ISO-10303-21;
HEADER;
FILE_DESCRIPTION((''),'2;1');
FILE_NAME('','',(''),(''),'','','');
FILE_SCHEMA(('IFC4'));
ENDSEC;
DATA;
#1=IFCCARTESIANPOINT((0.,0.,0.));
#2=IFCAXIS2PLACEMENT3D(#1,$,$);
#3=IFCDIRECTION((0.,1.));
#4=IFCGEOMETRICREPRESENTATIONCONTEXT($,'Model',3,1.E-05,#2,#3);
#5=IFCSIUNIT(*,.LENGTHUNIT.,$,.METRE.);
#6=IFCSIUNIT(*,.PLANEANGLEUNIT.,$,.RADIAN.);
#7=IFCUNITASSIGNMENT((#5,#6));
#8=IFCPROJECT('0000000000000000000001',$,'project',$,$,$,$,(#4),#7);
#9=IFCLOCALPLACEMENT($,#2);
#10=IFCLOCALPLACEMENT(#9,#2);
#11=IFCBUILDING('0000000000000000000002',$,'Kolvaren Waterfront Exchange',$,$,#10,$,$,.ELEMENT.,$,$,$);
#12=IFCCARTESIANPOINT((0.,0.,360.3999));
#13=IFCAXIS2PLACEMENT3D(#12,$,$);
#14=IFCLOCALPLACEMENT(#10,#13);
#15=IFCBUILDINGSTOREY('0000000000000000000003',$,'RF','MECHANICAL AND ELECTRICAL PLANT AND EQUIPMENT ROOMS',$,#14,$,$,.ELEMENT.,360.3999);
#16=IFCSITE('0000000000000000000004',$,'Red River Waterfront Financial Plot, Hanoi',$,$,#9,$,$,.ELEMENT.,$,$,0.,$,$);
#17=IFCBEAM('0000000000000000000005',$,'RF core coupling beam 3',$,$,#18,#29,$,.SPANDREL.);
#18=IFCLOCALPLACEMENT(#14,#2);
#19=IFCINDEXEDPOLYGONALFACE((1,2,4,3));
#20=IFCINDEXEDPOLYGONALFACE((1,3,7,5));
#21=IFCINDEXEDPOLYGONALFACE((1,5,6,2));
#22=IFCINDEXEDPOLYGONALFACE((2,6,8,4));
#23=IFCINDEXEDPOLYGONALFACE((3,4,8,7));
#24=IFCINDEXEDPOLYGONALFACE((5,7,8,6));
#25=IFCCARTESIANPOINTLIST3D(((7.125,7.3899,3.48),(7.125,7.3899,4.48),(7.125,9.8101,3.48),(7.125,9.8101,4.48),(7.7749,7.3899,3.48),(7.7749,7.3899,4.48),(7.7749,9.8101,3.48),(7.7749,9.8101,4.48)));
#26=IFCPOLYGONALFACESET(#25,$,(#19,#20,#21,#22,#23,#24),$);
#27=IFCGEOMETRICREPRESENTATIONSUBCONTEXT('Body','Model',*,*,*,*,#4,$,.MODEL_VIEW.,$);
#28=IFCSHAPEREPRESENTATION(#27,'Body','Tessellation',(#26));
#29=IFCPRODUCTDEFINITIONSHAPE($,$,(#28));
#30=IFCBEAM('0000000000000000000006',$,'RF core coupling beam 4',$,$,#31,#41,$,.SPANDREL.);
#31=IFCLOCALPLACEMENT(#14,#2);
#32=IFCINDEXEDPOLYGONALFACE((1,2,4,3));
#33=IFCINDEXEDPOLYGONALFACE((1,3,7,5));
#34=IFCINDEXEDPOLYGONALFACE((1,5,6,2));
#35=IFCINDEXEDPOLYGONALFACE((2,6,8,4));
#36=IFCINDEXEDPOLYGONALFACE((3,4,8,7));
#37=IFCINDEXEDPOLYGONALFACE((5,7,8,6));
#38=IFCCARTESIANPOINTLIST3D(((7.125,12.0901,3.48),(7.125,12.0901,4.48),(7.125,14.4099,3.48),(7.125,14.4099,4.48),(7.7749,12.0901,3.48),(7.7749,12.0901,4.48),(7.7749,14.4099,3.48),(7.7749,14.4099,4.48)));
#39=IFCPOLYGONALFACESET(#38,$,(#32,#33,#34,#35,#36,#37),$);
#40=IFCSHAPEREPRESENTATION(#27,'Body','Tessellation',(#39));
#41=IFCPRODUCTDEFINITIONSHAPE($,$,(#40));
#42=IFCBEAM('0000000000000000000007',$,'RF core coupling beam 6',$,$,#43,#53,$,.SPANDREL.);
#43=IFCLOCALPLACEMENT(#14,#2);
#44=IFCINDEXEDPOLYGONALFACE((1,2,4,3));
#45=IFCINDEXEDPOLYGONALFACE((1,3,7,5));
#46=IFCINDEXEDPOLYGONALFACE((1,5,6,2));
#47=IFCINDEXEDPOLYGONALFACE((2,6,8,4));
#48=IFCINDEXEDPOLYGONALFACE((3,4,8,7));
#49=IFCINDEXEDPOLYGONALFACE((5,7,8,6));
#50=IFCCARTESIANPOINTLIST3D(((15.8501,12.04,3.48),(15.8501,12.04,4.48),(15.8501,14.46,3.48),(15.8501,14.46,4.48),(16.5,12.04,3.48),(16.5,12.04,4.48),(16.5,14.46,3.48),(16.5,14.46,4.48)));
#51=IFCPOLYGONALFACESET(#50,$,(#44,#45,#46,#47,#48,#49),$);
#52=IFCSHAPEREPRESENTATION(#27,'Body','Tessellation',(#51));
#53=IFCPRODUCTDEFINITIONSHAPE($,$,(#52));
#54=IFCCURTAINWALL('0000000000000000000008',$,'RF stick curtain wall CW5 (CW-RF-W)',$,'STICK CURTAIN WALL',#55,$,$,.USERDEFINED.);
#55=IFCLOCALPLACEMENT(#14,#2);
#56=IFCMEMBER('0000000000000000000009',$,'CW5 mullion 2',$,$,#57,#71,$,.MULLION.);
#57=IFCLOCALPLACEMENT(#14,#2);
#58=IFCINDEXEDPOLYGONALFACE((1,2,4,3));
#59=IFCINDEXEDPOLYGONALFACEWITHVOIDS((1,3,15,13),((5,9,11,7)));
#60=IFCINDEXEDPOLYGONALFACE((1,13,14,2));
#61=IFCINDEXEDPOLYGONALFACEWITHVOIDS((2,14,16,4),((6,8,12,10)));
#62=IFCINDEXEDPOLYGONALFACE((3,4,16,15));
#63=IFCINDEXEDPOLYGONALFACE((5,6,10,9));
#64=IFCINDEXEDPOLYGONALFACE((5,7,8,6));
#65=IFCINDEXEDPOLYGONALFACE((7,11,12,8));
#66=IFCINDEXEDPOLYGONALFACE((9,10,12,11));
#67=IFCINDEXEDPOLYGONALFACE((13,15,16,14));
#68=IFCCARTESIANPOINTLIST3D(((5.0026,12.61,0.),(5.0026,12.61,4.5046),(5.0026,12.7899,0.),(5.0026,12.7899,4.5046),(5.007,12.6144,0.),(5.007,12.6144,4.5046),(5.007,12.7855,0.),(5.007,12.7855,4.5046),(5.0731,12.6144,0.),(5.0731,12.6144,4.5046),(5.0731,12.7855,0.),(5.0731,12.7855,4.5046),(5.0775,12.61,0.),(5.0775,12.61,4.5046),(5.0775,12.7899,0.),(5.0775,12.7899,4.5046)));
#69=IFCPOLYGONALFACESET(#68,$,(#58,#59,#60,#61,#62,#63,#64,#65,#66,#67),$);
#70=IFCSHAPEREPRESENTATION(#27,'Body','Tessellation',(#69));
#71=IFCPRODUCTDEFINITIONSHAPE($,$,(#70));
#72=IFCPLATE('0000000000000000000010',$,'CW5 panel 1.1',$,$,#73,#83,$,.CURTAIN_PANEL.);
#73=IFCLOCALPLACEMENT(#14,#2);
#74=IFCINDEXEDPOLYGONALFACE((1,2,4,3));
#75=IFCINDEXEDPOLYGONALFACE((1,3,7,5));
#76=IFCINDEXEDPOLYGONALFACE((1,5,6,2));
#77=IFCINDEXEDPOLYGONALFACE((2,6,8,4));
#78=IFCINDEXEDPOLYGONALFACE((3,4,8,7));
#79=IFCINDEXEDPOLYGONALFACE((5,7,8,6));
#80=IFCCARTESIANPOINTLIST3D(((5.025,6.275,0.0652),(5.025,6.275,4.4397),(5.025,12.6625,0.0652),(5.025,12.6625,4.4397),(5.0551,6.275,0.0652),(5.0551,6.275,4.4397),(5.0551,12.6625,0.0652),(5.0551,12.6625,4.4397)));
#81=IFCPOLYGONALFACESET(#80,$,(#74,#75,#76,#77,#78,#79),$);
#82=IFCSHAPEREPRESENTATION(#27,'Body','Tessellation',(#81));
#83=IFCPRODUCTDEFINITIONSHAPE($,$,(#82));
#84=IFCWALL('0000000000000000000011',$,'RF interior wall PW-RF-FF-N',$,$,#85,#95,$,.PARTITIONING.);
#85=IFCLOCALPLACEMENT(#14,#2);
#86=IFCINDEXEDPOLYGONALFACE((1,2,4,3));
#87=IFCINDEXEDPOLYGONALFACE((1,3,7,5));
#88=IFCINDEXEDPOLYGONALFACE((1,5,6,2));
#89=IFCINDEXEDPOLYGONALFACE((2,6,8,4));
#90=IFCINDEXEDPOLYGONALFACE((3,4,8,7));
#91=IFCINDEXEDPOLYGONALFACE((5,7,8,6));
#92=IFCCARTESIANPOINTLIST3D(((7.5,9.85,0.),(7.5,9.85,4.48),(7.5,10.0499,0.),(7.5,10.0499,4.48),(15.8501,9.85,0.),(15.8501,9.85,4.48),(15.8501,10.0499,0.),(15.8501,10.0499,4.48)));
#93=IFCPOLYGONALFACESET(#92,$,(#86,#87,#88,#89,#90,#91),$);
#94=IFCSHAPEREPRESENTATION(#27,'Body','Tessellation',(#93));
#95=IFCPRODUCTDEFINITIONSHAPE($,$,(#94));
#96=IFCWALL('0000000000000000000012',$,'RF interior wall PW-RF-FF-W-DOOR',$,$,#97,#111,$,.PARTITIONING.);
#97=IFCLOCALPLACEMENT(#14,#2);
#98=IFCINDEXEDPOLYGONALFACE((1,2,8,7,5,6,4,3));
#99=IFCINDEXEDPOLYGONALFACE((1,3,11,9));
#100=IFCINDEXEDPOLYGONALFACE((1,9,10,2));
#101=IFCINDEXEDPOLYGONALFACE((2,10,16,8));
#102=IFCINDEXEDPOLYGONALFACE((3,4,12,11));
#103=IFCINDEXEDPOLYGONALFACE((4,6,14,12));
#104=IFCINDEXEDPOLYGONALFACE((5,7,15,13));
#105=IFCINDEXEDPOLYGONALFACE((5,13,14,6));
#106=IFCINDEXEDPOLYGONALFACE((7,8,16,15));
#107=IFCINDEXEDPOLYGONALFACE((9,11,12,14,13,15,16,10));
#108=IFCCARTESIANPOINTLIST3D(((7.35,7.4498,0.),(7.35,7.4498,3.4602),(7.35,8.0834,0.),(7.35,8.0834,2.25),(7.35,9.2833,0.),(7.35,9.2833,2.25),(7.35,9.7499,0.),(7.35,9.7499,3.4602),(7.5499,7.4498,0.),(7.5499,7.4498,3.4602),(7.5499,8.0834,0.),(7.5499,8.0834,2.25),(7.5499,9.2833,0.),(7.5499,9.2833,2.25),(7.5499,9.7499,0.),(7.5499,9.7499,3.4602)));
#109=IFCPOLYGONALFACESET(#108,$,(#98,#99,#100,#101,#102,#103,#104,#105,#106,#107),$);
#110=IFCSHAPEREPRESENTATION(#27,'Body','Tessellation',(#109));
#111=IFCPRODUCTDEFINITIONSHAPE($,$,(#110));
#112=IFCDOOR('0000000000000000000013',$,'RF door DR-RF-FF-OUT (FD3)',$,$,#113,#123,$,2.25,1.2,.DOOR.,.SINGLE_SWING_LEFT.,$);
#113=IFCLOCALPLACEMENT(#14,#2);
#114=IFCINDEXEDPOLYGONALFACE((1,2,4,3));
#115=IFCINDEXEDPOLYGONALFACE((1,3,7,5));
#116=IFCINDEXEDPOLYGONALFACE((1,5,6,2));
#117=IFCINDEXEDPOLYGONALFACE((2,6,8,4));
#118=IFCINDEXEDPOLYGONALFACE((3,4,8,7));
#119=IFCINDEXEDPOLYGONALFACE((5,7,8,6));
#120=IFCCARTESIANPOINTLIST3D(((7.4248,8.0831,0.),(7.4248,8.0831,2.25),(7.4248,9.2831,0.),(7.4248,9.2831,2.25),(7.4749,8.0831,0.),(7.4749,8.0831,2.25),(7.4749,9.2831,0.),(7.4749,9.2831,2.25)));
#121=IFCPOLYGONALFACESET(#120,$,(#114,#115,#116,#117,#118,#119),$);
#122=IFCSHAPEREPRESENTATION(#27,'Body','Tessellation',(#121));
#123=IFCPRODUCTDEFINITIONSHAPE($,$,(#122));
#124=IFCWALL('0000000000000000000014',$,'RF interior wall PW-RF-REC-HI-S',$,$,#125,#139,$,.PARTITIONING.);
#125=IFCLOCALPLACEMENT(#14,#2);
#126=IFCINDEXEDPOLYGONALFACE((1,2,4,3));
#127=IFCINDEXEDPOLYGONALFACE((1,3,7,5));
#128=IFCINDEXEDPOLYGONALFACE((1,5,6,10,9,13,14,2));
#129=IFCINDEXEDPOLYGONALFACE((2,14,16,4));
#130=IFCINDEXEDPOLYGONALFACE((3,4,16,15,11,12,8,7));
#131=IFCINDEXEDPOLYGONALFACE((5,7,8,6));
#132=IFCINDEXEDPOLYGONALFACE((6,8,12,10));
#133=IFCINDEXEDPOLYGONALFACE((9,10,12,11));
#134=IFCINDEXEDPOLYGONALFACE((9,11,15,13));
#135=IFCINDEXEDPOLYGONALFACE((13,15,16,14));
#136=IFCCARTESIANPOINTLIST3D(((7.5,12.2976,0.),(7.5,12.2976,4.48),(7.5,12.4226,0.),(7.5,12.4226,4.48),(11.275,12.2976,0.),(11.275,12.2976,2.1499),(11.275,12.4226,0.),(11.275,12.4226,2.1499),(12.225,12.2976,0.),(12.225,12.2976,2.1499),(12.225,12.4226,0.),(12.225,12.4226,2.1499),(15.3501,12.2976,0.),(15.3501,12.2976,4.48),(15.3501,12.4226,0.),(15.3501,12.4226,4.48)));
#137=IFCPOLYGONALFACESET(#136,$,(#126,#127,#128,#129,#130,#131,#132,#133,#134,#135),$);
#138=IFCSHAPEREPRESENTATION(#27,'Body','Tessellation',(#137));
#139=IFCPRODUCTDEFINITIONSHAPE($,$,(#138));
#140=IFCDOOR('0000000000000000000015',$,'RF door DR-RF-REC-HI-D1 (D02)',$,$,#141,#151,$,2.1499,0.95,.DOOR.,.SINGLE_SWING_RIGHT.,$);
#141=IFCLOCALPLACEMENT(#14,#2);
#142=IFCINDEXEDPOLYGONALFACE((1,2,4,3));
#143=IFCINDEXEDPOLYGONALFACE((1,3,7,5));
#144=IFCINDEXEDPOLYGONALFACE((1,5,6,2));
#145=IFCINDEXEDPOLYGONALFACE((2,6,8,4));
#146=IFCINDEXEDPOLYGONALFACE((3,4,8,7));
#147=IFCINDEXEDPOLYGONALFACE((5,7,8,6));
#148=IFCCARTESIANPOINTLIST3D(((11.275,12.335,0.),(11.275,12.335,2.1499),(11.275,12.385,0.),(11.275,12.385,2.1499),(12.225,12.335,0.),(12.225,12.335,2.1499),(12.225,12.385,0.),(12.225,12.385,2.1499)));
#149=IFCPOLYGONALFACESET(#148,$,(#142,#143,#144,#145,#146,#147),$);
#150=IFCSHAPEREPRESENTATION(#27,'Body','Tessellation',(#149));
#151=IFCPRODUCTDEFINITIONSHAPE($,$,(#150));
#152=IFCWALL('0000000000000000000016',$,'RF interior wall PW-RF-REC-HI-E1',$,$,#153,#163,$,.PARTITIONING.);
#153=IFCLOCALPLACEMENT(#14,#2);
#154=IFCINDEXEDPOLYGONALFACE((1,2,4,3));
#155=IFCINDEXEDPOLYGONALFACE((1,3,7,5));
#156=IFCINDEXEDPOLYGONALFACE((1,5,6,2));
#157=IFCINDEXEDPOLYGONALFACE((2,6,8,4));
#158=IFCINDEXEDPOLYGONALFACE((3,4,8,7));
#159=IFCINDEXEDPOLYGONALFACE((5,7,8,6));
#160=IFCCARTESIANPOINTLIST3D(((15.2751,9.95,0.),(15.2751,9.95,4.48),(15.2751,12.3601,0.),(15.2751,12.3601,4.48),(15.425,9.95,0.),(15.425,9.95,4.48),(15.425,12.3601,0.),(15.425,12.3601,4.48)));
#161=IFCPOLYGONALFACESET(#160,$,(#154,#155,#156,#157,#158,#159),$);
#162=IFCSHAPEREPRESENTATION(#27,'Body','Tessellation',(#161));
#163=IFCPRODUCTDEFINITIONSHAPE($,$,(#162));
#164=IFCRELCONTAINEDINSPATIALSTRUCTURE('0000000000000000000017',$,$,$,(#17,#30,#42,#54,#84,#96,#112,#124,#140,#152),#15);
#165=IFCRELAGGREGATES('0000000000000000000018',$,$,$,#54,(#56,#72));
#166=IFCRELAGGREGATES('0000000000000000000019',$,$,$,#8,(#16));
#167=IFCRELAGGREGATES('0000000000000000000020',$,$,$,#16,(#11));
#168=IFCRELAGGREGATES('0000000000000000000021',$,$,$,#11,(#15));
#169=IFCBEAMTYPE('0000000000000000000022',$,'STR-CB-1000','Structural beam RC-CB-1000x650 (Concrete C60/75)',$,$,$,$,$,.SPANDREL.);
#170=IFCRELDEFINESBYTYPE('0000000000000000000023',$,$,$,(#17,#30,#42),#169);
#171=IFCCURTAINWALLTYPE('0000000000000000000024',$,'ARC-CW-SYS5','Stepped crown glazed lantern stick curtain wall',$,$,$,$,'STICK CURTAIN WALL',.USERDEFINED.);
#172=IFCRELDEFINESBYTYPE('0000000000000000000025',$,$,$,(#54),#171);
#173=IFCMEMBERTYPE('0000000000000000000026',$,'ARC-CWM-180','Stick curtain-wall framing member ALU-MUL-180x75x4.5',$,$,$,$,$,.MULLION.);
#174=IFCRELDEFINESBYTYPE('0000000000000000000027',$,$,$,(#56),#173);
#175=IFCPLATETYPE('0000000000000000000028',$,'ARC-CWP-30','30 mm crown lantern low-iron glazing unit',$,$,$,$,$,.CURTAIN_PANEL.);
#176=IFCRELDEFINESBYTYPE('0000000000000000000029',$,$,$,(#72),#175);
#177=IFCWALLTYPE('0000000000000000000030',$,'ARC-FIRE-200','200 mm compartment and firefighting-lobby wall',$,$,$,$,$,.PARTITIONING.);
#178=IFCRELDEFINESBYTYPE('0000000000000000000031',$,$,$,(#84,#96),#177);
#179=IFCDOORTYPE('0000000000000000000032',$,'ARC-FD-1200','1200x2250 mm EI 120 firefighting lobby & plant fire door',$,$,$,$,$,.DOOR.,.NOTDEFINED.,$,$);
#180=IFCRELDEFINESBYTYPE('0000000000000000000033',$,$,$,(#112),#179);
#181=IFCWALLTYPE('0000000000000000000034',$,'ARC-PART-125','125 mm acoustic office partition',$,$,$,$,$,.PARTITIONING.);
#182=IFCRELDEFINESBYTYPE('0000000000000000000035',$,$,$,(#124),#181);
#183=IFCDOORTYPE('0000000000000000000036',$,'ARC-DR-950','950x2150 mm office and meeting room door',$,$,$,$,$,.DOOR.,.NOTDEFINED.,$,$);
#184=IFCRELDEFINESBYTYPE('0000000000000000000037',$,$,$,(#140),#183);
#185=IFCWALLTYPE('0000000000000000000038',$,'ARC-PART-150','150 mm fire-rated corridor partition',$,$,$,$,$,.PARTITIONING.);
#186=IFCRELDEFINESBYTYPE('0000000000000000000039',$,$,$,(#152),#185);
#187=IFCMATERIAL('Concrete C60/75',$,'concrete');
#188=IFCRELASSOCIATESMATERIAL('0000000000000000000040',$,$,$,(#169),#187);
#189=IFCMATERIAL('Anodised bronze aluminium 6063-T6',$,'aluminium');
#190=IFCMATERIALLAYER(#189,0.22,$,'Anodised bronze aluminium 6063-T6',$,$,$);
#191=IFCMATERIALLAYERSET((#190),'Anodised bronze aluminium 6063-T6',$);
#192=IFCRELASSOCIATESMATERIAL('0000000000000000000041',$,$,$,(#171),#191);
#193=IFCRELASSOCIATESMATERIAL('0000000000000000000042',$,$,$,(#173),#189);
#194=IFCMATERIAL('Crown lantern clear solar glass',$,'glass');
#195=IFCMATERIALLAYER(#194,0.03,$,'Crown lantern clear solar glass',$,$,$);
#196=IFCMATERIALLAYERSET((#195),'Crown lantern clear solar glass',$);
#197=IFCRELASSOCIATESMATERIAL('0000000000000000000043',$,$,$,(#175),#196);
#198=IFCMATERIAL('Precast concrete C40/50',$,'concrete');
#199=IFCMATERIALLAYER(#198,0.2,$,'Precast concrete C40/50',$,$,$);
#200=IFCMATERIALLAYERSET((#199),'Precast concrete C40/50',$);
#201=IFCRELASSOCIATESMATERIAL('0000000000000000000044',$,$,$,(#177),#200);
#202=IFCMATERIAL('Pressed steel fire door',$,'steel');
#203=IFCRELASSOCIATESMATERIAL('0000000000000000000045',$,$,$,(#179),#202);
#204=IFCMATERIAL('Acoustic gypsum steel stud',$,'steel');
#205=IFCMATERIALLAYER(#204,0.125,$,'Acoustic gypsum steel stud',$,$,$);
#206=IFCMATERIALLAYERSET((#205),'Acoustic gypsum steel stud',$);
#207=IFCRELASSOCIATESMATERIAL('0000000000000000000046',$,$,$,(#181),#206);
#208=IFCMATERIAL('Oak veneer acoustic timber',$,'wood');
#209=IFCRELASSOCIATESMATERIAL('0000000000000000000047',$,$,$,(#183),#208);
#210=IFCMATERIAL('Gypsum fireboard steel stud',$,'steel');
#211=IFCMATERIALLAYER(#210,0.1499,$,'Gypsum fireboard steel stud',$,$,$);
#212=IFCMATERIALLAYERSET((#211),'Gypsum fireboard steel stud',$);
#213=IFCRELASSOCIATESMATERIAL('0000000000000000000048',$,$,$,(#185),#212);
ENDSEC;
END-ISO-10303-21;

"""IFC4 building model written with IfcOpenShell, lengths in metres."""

from ifc_helpers import new_model, si_unit, direction, frame, frame_2d, origin, origin_with_axes, origin_2d, place, context, subcontext, project, spatial, rectangle, hollow_rectangle, extrude, source, transform, mapped, material, layer, layer_set, material_profile, profile_set, type_object, element, fill, aggregate, save


model = new_model("IFC4")

# Units and contexts
model_context = context("Model", 3, precision=1e-05, world=origin(), true_north=direction((0.0, 1.0)))
body_context = subcontext(model_context, "Body", "Model", "MODEL_VIEW")
ifc_project = project(units=[si_unit("LENGTHUNIT", "METRE"), si_unit("PLANEANGLEUNIT", "RADIAN")], contexts=[model_context])

# Site, building, storey
site_placement = place(None, origin())
site = spatial("IfcSite", under=ifc_project, at=site_placement, Name="Red River Waterfront Financial Plot, Hanoi", CompositionType="ELEMENT", RefElevation=0.0)
building_placement = place(site_placement, origin())
building = spatial("IfcBuilding", under=site, at=building_placement, Name="Kolvaren Waterfront Exchange", CompositionType="ELEMENT")
storey_placement = place(building_placement, frame((0.0, 0.0, 360.3999)))
storey = spatial("IfcBuildingStorey", under=building, at=storey_placement, Name="RF", Description="MECHANICAL AND ELECTRICAL PLANT AND EQUIPMENT ROOMS", CompositionType="ELEMENT", Elevation=360.3999)

# Beams
ifc_material_1 = material(Name="Concrete C60/75", Category="concrete")
ifc_material_profile_1 = material_profile(ifc_material_1, rectangle(XDim=0.6499, YDim=1.0, at=origin_2d()), Name="RC-CB-1000x650")
ifc_profile_set_1 = profile_set([ifc_material_profile_1], Name="Concrete C60/75")
beam_type = type_object("IfcBeamType", Name="STR-CB-1000", Description="Structural beam RC-CB-1000x650 (Concrete C60/75)", PredefinedType="SPANDREL", material=ifc_profile_set_1)
beam_1_placement = place(storey_placement, frame((7.45, 7.3899, 3.98), z_axis=(0.0, 1.0, 0.0), x_axis=(-1.0, 0.0, 0.0)))
element("IfcBeam", 1, at=beam_1_placement, inside=storey, type_object=beam_type, Name="RF core coupling beam 3", PredefinedType="SPANDREL", context=body_context, shape_type="SweptSolid", body=[
    extrude(rectangle(XDim=0.6499, YDim=1.0, at=origin_2d()), origin(), (0.0, 0.0, 1.0), 2.4202),
])
beam_2_placement = place(storey_placement, frame((7.45, 12.0901, 3.98), z_axis=(0.0, 1.0, 0.0), x_axis=(-1.0, 0.0, 0.0)))
element("IfcBeam", 2, at=beam_2_placement, inside=storey, type_object=beam_type, Name="RF core coupling beam 4", PredefinedType="SPANDREL", context=body_context, shape_type="SweptSolid", body=[
    extrude(rectangle(XDim=0.6499, YDim=1.0, at=origin_2d()), origin(), (0.0, 0.0, 1.0), 2.3198),
])
beam_3_placement = place(storey_placement, frame((16.175, 12.04, 3.98), z_axis=(0.0, 1.0, 0.0), x_axis=(-1.0, 0.0, 0.0)))
element("IfcBeam", 3, at=beam_3_placement, inside=storey, type_object=beam_type, Name="RF core coupling beam 6", PredefinedType="SPANDREL", context=body_context, shape_type="SweptSolid", body=[
    extrude(rectangle(XDim=0.6499, YDim=1.0, at=origin_2d()), origin(), (0.0, 0.0, 1.0), 2.4199),
])

# Curtain wall, member, plate
ifc_material_2 = material(Name="Anodised bronze aluminium 6063-T6", Category="aluminium")
ifc_layer_1 = layer(ifc_material_2, 0.22, Name="Anodised bronze aluminium 6063-T6")
ifc_layer_set_1 = layer_set([ifc_layer_1], Name="Anodised bronze aluminium 6063-T6")
curtain_wall_type = type_object("IfcCurtainWallType", Name="ARC-CW-SYS5", Description="Stepped crown glazed lantern stick curtain wall", ElementType="STICK CURTAIN WALL", PredefinedType="USERDEFINED", material=ifc_layer_set_1)
curtain_wall_placement = place(storey_placement, origin())
curtain_wall = element("IfcCurtainWall", 4, at=curtain_wall_placement, inside=storey, type_object=curtain_wall_type, Name="RF stick curtain wall CW5 (CW-RF-W)", ObjectType="STICK CURTAIN WALL", PredefinedType="USERDEFINED")
ifc_material_profile_2 = material_profile(ifc_material_2, hollow_rectangle(XDim=0.075, YDim=0.1799, WallThickness=0.0044, at=origin_2d()), Name="ALU-MUL-180x75x4.5")
ifc_profile_set_2 = profile_set([ifc_material_profile_2], Name="Anodised bronze aluminium 6063-T6")
member_type = type_object("IfcMemberType", Name="ARC-CWM-180", Description="Stick curtain-wall framing member ALU-MUL-180x75x4.5", PredefinedType="MULLION", material=ifc_profile_set_2)
shared_shape_1 = source(origin_with_axes(), body_context, "Body", "SweptSolid", [
    extrude(hollow_rectangle(XDim=0.075, YDim=0.1799, WallThickness=0.0044, at=origin_2d()), origin(), (0.0, 0.0, 1.0), 4.5046),
])
member_placement = place(storey_placement, frame((5.04, 12.7, 0.0), z_axis=(0.0, 0.0, 1.0), x_axis=(-1.0, 0.0, 0.0)))
member = element("IfcMember", 5, at=member_placement, type_object=member_type, Name="CW5 mullion 2", PredefinedType="MULLION", context=body_context, shape_type="MappedRepresentation", body=[
    mapped(shared_shape_1, transform((0.0, 0.0, 0.0), x_axis=(1.0, 0.0, 0.0), y_axis=(0.0, 1.0, 0.0), z_axis=(0.0, 0.0, 1.0), scale=1.0)),
])
ifc_material_3 = material(Name="Crown lantern clear solar glass", Category="glass")
ifc_layer_2 = layer(ifc_material_3, 0.03, Name="Crown lantern clear solar glass")
ifc_layer_set_2 = layer_set([ifc_layer_2], Name="Crown lantern clear solar glass")
plate_type = type_object("IfcPlateType", Name="ARC-CWP-30", Description="30 mm crown lantern low-iron glazing unit", PredefinedType="CURTAIN_PANEL", material=ifc_layer_set_2)
shared_shape_2 = source(origin_with_axes(), body_context, "Body", "SweptSolid", [
    extrude(rectangle(XDim=6.3875, YDim=0.03, at=origin_2d()), origin(), (0.0, 0.0, 1.0), 4.3745),
])
plate_placement = place(storey_placement, frame((5.04, 9.4688, 0.0652), z_axis=(0.0, 0.0, 1.0), x_axis=(0.0, 1.0, 0.0)))
plate = element("IfcPlate", 6, at=plate_placement, type_object=plate_type, Name="CW5 panel 1.1", PredefinedType="CURTAIN_PANEL", context=body_context, shape_type="MappedRepresentation", body=[
    mapped(shared_shape_2, transform((0.0, 0.0, 0.0), x_axis=(1.0, 0.0, 0.0), y_axis=(0.0, 1.0, 0.0), z_axis=(0.0, 0.0, 1.0), scale=1.0)),
])
aggregate(curtain_wall, [member, plate])

# Wall
ifc_material_4 = material(Name="Precast concrete C40/50", Category="concrete")
ifc_layer_3 = layer(ifc_material_4, 0.2, Name="Precast concrete C40/50")
ifc_layer_set_3 = layer_set([ifc_layer_3], Name="Precast concrete C40/50")
wall_type_1 = type_object("IfcWallType", Name="ARC-FIRE-200", Description="200 mm compartment and firefighting-lobby wall", PredefinedType="PARTITIONING", material=ifc_layer_set_3)
wall_1_placement = place(storey_placement, frame((7.5, 9.95, 0.0), z_axis=(0.0, 0.0, 1.0), x_axis=(1.0, 0.0, 0.0)))
element("IfcWall", 7, at=wall_1_placement, inside=storey, type_object=wall_type_1, Name="RF interior wall PW-RF-FF-N", PredefinedType="PARTITIONING", context=body_context, shape_type="SweptSolid", body=[
    extrude(rectangle(XDim=8.3501, YDim=0.2, at=frame_2d((4.175, 0.0))), origin(), (0.0, 0.0, 1.0), 4.48),
])

# Walls, openings, doors
wall_2_placement = place(storey_placement, frame((7.45, 7.45, 0.0), z_axis=(0.0, 0.0, 1.0), x_axis=(0.0, 1.0, 0.0)))
wall_2 = element("IfcWall", 8, at=wall_2_placement, inside=storey, type_object=wall_type_1, Name="RF interior wall PW-RF-FF-W-DOOR", PredefinedType="PARTITIONING", context=body_context, shape_type="SweptSolid", body=[
    extrude(rectangle(XDim=2.3, YDim=0.2, at=frame_2d((1.1499, 0.0))), origin(), (0.0, 0.0, 1.0), 3.4602),
])
opening_1_placement = place(wall_2_placement, frame((0.6333, 0.0, 0.0)))
opening_1 = element("IfcOpeningElement", 9, at=opening_1_placement, cuts=wall_2, PredefinedType="OPENING", context=body_context, shape_type="SweptSolid", body=[
    extrude(rectangle(XDim=1.2, YDim=2.25, at=frame_2d((0.6001, 1.125))), frame((0.0, 0.1099, 0.0), z_axis=(0.0, -1.0, 0.0), x_axis=(1.0, 0.0, 0.0)), (0.0, 0.0, 1.0), 0.22),
])
ifc_material_5 = material(Name="Pressed steel fire door", Category="steel")
door_type_1 = type_object("IfcDoorType", Name="ARC-FD-1200", Description="1200x2250 mm EI 120 firefighting lobby & plant fire door", OperationType="NOTDEFINED", PredefinedType="DOOR", material=ifc_material_5)
door_1_placement = place(opening_1_placement, frame((1.2, 0.0, 0.0), z_axis=(0.0, 0.0, 1.0), x_axis=(-1.0, 0.0, 0.0)))
door_1 = element("IfcDoor", 10, at=door_1_placement, inside=storey, type_object=door_type_1, Name="RF door DR-RF-FF-OUT (FD3)", OperationType="SINGLE_SWING_LEFT", OverallHeight=2.25, OverallWidth=1.2, PredefinedType="DOOR", context=body_context, shape_type="SweptSolid", body=[
    extrude(rectangle(XDim=1.2, YDim=2.25, at=frame_2d((0.6001, 1.125))), frame((0.0, 0.0249, 0.0), z_axis=(0.0, -1.0, 0.0), x_axis=(1.0, 0.0, 0.0)), (0.0, 0.0, 1.0), 0.05),
])
fill(opening_1, door_1)
ifc_material_6 = material(Name="Acoustic gypsum steel stud", Category="steel")
ifc_layer_4 = layer(ifc_material_6, 0.125, Name="Acoustic gypsum steel stud")
ifc_layer_set_4 = layer_set([ifc_layer_4], Name="Acoustic gypsum steel stud")
wall_type_2 = type_object("IfcWallType", Name="ARC-PART-125", Description="125 mm acoustic office partition", PredefinedType="PARTITIONING", material=ifc_layer_set_4)
wall_3_placement = place(storey_placement, frame((7.5, 12.3601, 0.0), z_axis=(0.0, 0.0, 1.0), x_axis=(1.0, 0.0, 0.0)))
wall_3 = element("IfcWall", 11, at=wall_3_placement, inside=storey, type_object=wall_type_2, Name="RF interior wall PW-RF-REC-HI-S", PredefinedType="PARTITIONING", context=body_context, shape_type="SweptSolid", body=[
    extrude(rectangle(XDim=7.8501, YDim=0.125, at=frame_2d((3.925, 0.0))), origin(), (0.0, 0.0, 1.0), 4.48),
])
opening_2_placement = place(wall_3_placement, frame((3.7749, 0.0, 0.0)))
opening_2 = element("IfcOpeningElement", 12, at=opening_2_placement, cuts=wall_3, PredefinedType="OPENING", context=body_context, shape_type="SweptSolid", body=[
    extrude(rectangle(XDim=0.95, YDim=2.1499, at=frame_2d((0.4751, 1.075))), frame((0.0, 0.0725, 0.0), z_axis=(0.0, -1.0, 0.0), x_axis=(1.0, 0.0, 0.0)), (0.0, 0.0, 1.0), 0.145),
])
ifc_material_7 = material(Name="Oak veneer acoustic timber", Category="wood")
door_type_2 = type_object("IfcDoorType", Name="ARC-DR-950", Description="950x2150 mm office and meeting room door", OperationType="NOTDEFINED", PredefinedType="DOOR", material=ifc_material_7)
door_2_placement = place(opening_2_placement, origin())
door_2 = element("IfcDoor", 13, at=door_2_placement, inside=storey, type_object=door_type_2, Name="RF door DR-RF-REC-HI-D1 (D02)", OperationType="SINGLE_SWING_RIGHT", OverallHeight=2.1499, OverallWidth=0.95, PredefinedType="DOOR", context=body_context, shape_type="SweptSolid", body=[
    extrude(rectangle(XDim=0.95, YDim=2.1499, at=frame_2d((0.4751, 1.075))), frame((0.0, 0.0249, 0.0), z_axis=(0.0, -1.0, 0.0), x_axis=(1.0, 0.0, 0.0)), (0.0, 0.0, 1.0), 0.05),
])
fill(opening_2, door_2)

# Wall
ifc_material_8 = material(Name="Gypsum fireboard steel stud", Category="steel")
ifc_layer_5 = layer(ifc_material_8, 0.1499, Name="Gypsum fireboard steel stud")
ifc_layer_set_5 = layer_set([ifc_layer_5], Name="Gypsum fireboard steel stud")
wall_type_3 = type_object("IfcWallType", Name="ARC-PART-150", Description="150 mm fire-rated corridor partition", PredefinedType="PARTITIONING", material=ifc_layer_set_5)
wall_4_placement = place(storey_placement, frame((15.3501, 9.95, 0.0), z_axis=(0.0, 0.0, 1.0), x_axis=(0.0, 1.0, 0.0)))
element("IfcWall", 14, at=wall_4_placement, inside=storey, type_object=wall_type_3, Name="RF interior wall PW-RF-REC-HI-E1", PredefinedType="PARTITIONING", context=body_context, shape_type="SweptSolid", body=[
    extrude(rectangle(XDim=2.4102, YDim=0.1499, at=frame_2d((1.2051, 0.0))), origin(), (0.0, 0.0, 1.0), 4.48),
])

save(model, "model.ifc")
